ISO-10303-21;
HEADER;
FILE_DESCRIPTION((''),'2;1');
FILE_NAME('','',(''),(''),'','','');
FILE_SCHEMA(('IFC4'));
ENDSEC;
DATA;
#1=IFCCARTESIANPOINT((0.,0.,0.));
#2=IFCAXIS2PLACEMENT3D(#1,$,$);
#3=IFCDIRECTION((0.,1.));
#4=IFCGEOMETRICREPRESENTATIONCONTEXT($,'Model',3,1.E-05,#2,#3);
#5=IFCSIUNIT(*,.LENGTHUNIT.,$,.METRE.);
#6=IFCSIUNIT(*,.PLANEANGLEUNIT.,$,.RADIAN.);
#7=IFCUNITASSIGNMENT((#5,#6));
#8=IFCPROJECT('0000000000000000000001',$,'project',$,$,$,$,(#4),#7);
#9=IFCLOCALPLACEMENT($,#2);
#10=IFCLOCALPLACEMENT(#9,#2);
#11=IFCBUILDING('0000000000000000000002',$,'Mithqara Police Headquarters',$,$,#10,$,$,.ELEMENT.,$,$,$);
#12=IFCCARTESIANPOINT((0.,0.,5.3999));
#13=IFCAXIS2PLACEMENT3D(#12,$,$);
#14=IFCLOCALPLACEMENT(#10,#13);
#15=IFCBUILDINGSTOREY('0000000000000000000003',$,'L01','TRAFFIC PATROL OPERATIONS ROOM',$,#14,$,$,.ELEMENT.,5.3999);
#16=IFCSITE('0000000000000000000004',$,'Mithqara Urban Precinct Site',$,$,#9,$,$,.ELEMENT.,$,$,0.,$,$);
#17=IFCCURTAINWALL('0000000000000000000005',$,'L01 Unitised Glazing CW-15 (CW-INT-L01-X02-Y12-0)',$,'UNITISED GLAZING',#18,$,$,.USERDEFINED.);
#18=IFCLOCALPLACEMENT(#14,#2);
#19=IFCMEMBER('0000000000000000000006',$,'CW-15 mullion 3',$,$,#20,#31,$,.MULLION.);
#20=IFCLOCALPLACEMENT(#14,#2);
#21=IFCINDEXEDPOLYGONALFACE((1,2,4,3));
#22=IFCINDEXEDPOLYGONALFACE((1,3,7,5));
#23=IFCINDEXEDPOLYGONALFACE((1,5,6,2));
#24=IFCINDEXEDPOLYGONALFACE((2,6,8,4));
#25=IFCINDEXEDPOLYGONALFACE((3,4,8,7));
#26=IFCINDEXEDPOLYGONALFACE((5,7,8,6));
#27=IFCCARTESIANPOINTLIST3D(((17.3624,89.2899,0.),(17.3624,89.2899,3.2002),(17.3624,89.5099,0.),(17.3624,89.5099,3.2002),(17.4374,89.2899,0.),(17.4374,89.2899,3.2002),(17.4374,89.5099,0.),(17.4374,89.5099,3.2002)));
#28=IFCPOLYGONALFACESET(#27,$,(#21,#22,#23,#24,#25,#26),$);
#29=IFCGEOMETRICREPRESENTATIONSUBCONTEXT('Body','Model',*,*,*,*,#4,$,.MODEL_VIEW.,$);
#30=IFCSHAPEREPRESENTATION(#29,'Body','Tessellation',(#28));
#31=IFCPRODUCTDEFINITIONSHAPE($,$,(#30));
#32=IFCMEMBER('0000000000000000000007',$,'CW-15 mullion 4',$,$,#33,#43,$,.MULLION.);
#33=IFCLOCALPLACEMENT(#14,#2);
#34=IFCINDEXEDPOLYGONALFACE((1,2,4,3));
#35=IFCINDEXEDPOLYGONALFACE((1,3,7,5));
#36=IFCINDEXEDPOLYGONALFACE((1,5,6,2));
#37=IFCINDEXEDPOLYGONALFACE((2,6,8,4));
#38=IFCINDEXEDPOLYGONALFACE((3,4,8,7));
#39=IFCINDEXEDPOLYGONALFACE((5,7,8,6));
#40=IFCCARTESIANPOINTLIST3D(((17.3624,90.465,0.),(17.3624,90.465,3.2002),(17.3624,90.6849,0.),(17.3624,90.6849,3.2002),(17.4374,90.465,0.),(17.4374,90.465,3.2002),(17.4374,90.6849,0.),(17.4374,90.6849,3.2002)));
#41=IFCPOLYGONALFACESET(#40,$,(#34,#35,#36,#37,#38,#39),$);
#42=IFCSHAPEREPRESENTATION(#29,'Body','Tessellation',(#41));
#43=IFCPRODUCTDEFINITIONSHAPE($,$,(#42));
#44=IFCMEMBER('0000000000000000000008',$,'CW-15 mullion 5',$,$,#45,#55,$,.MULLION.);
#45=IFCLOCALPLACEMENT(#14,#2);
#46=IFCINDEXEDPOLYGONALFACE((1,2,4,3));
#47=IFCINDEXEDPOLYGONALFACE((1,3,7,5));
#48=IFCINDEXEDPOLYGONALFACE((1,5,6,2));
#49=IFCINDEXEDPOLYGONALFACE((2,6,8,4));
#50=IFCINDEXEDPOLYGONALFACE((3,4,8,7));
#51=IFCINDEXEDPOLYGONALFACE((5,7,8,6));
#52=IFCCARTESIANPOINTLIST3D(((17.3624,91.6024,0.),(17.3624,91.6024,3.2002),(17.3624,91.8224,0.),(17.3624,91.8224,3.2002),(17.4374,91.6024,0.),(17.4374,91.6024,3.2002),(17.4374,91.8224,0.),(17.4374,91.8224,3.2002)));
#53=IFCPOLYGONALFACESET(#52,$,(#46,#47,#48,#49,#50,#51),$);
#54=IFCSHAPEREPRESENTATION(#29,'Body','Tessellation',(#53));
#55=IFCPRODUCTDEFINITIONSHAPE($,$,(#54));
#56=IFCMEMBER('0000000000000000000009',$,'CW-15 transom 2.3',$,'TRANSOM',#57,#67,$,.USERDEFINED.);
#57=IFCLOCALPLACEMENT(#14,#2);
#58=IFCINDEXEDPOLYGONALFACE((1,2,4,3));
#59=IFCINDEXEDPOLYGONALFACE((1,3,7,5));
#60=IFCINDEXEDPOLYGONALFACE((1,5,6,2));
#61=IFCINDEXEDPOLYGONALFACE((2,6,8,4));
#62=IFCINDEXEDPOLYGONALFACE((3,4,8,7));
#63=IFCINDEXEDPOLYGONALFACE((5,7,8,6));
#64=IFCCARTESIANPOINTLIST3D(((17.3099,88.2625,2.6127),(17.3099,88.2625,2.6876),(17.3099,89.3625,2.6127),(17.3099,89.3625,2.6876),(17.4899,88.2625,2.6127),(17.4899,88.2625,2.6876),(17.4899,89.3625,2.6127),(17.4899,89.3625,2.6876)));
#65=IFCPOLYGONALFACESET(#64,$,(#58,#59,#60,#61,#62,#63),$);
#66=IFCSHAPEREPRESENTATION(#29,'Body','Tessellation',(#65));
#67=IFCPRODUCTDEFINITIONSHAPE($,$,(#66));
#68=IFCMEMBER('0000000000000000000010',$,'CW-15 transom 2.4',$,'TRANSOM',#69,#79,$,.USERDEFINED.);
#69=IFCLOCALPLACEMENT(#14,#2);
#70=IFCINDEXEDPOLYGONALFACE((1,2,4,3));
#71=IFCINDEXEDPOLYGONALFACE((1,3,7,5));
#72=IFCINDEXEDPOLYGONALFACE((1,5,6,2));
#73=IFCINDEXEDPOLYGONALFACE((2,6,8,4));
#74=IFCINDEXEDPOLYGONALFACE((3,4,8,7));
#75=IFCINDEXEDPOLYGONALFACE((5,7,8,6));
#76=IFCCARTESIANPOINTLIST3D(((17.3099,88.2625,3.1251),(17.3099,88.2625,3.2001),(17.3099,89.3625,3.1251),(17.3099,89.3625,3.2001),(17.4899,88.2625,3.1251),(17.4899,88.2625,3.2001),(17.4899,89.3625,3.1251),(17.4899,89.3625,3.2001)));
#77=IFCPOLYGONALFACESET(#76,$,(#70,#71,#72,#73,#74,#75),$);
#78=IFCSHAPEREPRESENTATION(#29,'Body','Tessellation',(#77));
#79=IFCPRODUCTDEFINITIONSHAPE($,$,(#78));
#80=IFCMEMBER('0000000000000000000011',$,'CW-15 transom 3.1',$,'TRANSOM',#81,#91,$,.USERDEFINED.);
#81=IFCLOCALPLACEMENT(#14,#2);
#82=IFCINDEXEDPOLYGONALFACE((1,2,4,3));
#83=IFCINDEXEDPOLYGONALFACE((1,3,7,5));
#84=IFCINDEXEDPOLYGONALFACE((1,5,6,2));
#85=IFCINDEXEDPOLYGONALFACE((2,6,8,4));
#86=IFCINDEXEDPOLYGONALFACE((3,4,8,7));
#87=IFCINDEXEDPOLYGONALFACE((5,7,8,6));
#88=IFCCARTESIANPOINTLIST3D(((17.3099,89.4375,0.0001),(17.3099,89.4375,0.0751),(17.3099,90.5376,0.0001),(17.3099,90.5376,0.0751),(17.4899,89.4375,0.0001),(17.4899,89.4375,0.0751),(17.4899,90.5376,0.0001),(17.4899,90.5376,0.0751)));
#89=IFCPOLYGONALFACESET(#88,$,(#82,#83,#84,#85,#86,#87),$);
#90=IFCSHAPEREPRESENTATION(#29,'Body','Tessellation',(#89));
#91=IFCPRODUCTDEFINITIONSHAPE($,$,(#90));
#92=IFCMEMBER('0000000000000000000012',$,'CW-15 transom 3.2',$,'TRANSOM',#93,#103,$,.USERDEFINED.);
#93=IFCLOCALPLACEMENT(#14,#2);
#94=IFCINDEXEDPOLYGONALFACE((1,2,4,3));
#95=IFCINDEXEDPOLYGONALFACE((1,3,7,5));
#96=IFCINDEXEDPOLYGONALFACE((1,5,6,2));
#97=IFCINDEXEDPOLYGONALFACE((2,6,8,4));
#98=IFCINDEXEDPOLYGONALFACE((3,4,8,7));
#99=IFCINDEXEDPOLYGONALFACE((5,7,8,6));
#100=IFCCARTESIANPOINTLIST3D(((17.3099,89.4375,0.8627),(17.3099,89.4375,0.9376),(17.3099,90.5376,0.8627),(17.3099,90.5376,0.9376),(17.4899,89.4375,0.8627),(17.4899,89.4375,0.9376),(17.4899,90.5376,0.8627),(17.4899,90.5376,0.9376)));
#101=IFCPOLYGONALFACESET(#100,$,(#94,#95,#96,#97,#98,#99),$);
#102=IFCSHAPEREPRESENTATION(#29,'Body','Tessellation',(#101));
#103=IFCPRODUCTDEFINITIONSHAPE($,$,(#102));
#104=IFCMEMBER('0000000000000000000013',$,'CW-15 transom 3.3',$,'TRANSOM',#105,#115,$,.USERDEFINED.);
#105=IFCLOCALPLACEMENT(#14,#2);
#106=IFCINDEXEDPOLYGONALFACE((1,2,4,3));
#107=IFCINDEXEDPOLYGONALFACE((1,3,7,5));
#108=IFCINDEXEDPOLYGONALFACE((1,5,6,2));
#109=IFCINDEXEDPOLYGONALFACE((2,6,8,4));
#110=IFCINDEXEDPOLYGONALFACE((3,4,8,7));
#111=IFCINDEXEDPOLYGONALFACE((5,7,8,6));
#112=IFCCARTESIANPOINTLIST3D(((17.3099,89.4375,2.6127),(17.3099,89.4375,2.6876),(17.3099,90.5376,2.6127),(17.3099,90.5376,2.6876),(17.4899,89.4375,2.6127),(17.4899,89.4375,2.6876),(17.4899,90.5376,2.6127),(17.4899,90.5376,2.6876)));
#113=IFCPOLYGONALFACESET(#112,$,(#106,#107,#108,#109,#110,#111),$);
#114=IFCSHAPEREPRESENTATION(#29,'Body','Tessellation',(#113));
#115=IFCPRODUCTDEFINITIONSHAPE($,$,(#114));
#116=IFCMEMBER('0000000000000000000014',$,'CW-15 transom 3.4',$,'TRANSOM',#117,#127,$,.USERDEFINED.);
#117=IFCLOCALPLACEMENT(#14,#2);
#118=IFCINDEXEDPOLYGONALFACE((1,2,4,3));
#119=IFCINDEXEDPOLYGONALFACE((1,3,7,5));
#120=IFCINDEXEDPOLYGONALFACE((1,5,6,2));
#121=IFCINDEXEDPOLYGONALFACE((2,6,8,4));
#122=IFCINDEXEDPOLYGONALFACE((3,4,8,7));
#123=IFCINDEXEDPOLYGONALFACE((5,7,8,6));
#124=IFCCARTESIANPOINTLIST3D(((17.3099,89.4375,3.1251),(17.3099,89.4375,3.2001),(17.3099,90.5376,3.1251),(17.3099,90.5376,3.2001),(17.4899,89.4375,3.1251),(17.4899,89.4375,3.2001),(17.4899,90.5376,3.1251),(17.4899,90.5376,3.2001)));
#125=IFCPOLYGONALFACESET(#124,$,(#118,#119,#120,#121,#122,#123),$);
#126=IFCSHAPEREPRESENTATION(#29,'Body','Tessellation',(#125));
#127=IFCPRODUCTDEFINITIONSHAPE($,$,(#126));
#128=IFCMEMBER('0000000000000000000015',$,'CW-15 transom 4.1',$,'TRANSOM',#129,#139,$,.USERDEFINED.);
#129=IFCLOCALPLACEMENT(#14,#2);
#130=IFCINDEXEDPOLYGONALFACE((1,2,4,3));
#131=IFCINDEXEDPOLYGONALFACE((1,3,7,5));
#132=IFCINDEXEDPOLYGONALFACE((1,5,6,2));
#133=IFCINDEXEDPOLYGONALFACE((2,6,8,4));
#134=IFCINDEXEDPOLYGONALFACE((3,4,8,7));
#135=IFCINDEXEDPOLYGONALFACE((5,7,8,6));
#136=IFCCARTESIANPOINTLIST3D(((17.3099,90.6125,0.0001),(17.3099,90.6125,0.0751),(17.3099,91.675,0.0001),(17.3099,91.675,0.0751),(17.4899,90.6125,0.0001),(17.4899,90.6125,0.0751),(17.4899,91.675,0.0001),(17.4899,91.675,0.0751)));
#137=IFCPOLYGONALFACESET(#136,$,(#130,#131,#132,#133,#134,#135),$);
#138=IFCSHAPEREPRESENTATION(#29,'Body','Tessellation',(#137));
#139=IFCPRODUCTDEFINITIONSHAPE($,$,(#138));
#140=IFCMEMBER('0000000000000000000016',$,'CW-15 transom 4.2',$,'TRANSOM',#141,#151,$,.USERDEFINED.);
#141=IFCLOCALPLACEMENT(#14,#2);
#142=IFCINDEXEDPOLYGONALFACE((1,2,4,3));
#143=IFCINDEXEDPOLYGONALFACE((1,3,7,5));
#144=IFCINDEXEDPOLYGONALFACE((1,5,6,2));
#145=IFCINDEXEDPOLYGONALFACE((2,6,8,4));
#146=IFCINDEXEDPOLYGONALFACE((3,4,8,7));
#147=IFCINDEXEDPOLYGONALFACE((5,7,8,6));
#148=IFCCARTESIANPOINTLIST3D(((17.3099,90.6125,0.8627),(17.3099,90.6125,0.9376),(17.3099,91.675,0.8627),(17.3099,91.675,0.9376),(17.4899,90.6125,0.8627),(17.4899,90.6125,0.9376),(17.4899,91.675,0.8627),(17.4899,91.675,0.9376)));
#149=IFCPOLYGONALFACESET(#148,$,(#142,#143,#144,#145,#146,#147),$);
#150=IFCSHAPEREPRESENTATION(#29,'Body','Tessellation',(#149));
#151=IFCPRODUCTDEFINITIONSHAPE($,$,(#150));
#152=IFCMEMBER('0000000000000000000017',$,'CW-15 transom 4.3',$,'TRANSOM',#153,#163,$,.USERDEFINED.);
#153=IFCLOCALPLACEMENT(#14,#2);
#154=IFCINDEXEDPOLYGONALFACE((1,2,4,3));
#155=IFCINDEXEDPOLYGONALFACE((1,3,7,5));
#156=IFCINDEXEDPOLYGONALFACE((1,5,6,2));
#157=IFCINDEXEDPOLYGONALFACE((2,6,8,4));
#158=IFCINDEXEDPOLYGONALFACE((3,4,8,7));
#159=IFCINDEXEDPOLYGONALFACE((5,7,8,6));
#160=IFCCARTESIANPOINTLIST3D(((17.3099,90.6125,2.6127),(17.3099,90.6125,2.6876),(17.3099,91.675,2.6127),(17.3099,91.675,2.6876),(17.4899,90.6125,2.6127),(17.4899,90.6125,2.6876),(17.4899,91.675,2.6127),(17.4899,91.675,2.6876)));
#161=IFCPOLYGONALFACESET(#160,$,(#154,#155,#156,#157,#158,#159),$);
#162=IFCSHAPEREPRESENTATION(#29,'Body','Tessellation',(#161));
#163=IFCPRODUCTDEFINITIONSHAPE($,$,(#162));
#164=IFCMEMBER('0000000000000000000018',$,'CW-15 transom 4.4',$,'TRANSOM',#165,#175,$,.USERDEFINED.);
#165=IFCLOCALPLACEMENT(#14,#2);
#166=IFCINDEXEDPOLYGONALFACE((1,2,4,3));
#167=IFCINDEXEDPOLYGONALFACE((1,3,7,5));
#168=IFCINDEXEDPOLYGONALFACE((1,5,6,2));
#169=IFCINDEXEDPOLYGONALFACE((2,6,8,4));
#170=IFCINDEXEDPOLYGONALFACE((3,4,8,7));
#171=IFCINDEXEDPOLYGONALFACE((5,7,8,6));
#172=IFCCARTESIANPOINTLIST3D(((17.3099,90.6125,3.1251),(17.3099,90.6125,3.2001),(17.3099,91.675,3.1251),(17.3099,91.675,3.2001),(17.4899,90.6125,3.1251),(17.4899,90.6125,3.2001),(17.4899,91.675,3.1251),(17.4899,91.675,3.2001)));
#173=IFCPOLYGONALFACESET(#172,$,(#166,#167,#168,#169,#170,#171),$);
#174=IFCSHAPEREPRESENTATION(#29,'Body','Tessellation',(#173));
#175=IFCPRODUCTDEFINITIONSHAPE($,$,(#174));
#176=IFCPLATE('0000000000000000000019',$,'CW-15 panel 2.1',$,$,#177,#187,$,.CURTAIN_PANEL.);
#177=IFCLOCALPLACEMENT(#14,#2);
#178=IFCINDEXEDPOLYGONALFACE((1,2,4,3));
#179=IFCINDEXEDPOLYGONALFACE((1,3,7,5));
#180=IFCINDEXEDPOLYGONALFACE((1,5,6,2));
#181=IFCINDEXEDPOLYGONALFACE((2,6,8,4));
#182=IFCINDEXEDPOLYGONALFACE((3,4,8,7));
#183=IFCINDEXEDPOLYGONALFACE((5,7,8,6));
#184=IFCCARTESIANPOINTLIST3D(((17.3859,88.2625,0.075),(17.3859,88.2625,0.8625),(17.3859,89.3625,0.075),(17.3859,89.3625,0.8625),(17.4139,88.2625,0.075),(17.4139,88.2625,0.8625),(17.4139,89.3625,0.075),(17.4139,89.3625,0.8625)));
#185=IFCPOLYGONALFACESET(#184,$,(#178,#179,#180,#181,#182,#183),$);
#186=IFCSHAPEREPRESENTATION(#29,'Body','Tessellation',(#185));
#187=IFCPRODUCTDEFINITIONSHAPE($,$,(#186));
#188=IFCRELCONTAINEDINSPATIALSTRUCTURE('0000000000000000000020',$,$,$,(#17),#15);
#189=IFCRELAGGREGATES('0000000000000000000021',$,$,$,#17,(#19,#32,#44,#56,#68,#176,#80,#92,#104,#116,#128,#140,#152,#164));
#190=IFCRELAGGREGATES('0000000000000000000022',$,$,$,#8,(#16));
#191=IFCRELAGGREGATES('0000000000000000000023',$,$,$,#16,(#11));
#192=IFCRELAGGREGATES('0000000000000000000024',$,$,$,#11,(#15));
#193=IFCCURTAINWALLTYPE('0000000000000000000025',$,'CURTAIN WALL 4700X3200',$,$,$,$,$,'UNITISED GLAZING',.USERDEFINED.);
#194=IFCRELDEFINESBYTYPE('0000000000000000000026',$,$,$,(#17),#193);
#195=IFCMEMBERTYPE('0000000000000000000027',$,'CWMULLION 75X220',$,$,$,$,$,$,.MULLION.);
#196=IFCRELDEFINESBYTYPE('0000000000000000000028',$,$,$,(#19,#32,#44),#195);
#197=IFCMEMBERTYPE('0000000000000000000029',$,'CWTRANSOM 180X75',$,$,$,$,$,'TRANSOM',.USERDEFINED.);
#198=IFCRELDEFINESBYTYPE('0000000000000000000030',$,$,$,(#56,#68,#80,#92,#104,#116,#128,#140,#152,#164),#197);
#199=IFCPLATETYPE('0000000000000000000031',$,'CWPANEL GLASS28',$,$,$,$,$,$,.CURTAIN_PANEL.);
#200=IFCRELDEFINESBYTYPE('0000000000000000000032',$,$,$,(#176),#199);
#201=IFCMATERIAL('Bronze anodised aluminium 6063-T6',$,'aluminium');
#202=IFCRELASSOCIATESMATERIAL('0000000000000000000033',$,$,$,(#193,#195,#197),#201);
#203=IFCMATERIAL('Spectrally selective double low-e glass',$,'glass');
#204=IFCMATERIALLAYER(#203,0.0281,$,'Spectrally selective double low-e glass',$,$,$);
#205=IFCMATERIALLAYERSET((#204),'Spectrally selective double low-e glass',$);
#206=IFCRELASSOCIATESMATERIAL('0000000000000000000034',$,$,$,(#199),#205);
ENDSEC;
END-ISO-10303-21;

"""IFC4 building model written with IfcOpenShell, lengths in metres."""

from ifc_helpers import new_model, si_unit, direction, frame, origin, origin_2d, place, context, subcontext, project, spatial, rectangle, extrude, material, layer, layer_set, material_profile, profile_set, type_object, element, aggregate, save


model = new_model("IFC4")

# Units and contexts
model_context = context("Model", 3, precision=1e-05, world=origin(), true_north=direction((0.0, 1.0)))
body_context = subcontext(model_context, "Body", "Model", "MODEL_VIEW")
ifc_project = project(units=[si_unit("LENGTHUNIT", "METRE"), si_unit("PLANEANGLEUNIT", "RADIAN")], contexts=[model_context])

# Site, building, storey
site_placement = place(None, origin())
site = spatial("IfcSite", under=ifc_project, at=site_placement, Name="Mithqara Urban Precinct Site", CompositionType="ELEMENT", RefElevation=0.0)
building_placement = place(site_placement, origin())
building = spatial("IfcBuilding", under=site, at=building_placement, Name="Mithqara Police Headquarters", CompositionType="ELEMENT")
storey_placement = place(building_placement, frame((0.0, 0.0, 5.3999)))
storey = spatial("IfcBuildingStorey", under=building, at=storey_placement, Name="L01", Description="TRAFFIC PATROL OPERATIONS ROOM", CompositionType="ELEMENT", Elevation=5.3999)

# Curtain wall, members, plate
ifc_material_1 = material(Name="Bronze anodised aluminium 6063-T6", Category="aluminium")
curtain_wall_type = type_object("IfcCurtainWallType", Name="CURTAIN WALL 4700X3200", ElementType="UNITISED GLAZING", PredefinedType="USERDEFINED", material=ifc_material_1)
curtain_wall_placement = place(storey_placement, origin())
curtain_wall = element("IfcCurtainWall", 1, at=curtain_wall_placement, inside=storey, type_object=curtain_wall_type, Name="L01 Unitised Glazing CW-15 (CW-INT-L01-X02-Y12-0)", ObjectType="UNITISED GLAZING", PredefinedType="USERDEFINED")
ifc_material_profile_1 = material_profile(ifc_material_1, rectangle(XDim=0.075, YDim=0.22, at=origin_2d()), Name="CWM 75x220")
ifc_profile_set_1 = profile_set([ifc_material_profile_1], Name="Bronze anodised aluminium 6063-T6")
member_type_1 = type_object("IfcMemberType", Name="CWMULLION 75X220", PredefinedType="MULLION", material=ifc_profile_set_1)
member_1_placement = place(storey_placement, frame((17.3999, 89.3999, 0.0), z_axis=(0.0, 0.0, 1.0), x_axis=(-1.0, 0.0, 0.0)))
member_1 = element("IfcMember", 2, at=member_1_placement, type_object=member_type_1, Name="CW-15 mullion 3", PredefinedType="MULLION", context=body_context, shape_type="SweptSolid", body=[
    extrude(rectangle(XDim=0.075, YDim=0.22, at=origin_2d()), origin(), (0.0, 0.0, 1.0), 3.2002),
])
member_2_placement = place(storey_placement, frame((17.3999, 90.575, 0.0), z_axis=(0.0, 0.0, 1.0), x_axis=(-1.0, 0.0, 0.0)))
member_2 = element("IfcMember", 3, at=member_2_placement, type_object=member_type_1, Name="CW-15 mullion 4", PredefinedType="MULLION", context=body_context, shape_type="SweptSolid", body=[
    extrude(rectangle(XDim=0.075, YDim=0.22, at=origin_2d()), origin(), (0.0, 0.0, 1.0), 3.2002),
])
member_3_placement = place(storey_placement, frame((17.3999, 91.7124, 0.0), z_axis=(0.0, 0.0, 1.0), x_axis=(-1.0, 0.0, 0.0)))
member_3 = element("IfcMember", 4, at=member_3_placement, type_object=member_type_1, Name="CW-15 mullion 5", PredefinedType="MULLION", context=body_context, shape_type="SweptSolid", body=[
    extrude(rectangle(XDim=0.075, YDim=0.22, at=origin_2d()), origin(), (0.0, 0.0, 1.0), 3.2002),
])
ifc_material_profile_2 = material_profile(ifc_material_1, rectangle(XDim=0.1799, YDim=0.075, at=origin_2d()), Name="CWT 180x75")
ifc_profile_set_2 = profile_set([ifc_material_profile_2], Name="Bronze anodised aluminium 6063-T6")
member_type_2 = type_object("IfcMemberType", Name="CWTRANSOM 180X75", ElementType="TRANSOM", PredefinedType="USERDEFINED", material=ifc_profile_set_2)
member_4_placement = place(storey_placement, frame((17.3999, 88.2625, 2.6501), z_axis=(0.0, 1.0, 0.0), x_axis=(-1.0, 0.0, 0.0)))
member_4 = element("IfcMember", 5, at=member_4_placement, type_object=member_type_2, Name="CW-15 transom 2.3", ObjectType="TRANSOM", PredefinedType="USERDEFINED", context=body_context, shape_type="SweptSolid", body=[
    extrude(rectangle(XDim=0.1799, YDim=0.075, at=origin_2d()), origin(), (0.0, 0.0, 1.0), 1.1001),
])
member_5_placement = place(storey_placement, frame((17.3999, 88.2625, 3.1626), z_axis=(0.0, 1.0, 0.0), x_axis=(-1.0, 0.0, 0.0)))
member_5 = element("IfcMember", 6, at=member_5_placement, type_object=member_type_2, Name="CW-15 transom 2.4", ObjectType="TRANSOM", PredefinedType="USERDEFINED", context=body_context, shape_type="SweptSolid", body=[
    extrude(rectangle(XDim=0.1799, YDim=0.075, at=origin_2d()), origin(), (0.0, 0.0, 1.0), 1.1001),
])
member_6_placement = place(storey_placement, frame((17.3999, 89.4375, 0.0376), z_axis=(0.0, 1.0, 0.0), x_axis=(-1.0, 0.0, 0.0)))
member_6 = element("IfcMember", 7, at=member_6_placement, type_object=member_type_2, Name="CW-15 transom 3.1", ObjectType="TRANSOM", PredefinedType="USERDEFINED", context=body_context, shape_type="SweptSolid", body=[
    extrude(rectangle(XDim=0.1799, YDim=0.075, at=origin_2d()), origin(), (0.0, 0.0, 1.0), 1.1001),
])
member_7_placement = place(storey_placement, frame((17.3999, 89.4375, 0.9001), z_axis=(0.0, 1.0, 0.0), x_axis=(-1.0, 0.0, 0.0)))
member_7 = element("IfcMember", 8, at=member_7_placement, type_object=member_type_2, Name="CW-15 transom 3.2", ObjectType="TRANSOM", PredefinedType="USERDEFINED", context=body_context, shape_type="SweptSolid", body=[
    extrude(rectangle(XDim=0.1799, YDim=0.075, at=origin_2d()), origin(), (0.0, 0.0, 1.0), 1.1001),
])
member_8_placement = place(storey_placement, frame((17.3999, 89.4375, 2.6501), z_axis=(0.0, 1.0, 0.0), x_axis=(-1.0, 0.0, 0.0)))
member_8 = element("IfcMember", 9, at=member_8_placement, type_object=member_type_2, Name="CW-15 transom 3.3", ObjectType="TRANSOM", PredefinedType="USERDEFINED", context=body_context, shape_type="SweptSolid", body=[
    extrude(rectangle(XDim=0.1799, YDim=0.075, at=origin_2d()), origin(), (0.0, 0.0, 1.0), 1.1001),
])
member_9_placement = place(storey_placement, frame((17.3999, 89.4375, 3.1626), z_axis=(0.0, 1.0, 0.0), x_axis=(-1.0, 0.0, 0.0)))
member_9 = element("IfcMember", 10, at=member_9_placement, type_object=member_type_2, Name="CW-15 transom 3.4", ObjectType="TRANSOM", PredefinedType="USERDEFINED", context=body_context, shape_type="SweptSolid", body=[
    extrude(rectangle(XDim=0.1799, YDim=0.075, at=origin_2d()), origin(), (0.0, 0.0, 1.0), 1.1001),
])
member_10_placement = place(storey_placement, frame((17.3999, 90.6125, 0.0376), z_axis=(0.0, 1.0, 0.0), x_axis=(-1.0, 0.0, 0.0)))
member_10 = element("IfcMember", 11, at=member_10_placement, type_object=member_type_2, Name="CW-15 transom 4.1", ObjectType="TRANSOM", PredefinedType="USERDEFINED", context=body_context, shape_type="SweptSolid", body=[
    extrude(rectangle(XDim=0.1799, YDim=0.075, at=origin_2d()), origin(), (0.0, 0.0, 1.0), 1.0625),
])
member_11_placement = place(storey_placement, frame((17.3999, 90.6125, 0.9001), z_axis=(0.0, 1.0, 0.0), x_axis=(-1.0, 0.0, 0.0)))
member_11 = element("IfcMember", 12, at=member_11_placement, type_object=member_type_2, Name="CW-15 transom 4.2", ObjectType="TRANSOM", PredefinedType="USERDEFINED", context=body_context, shape_type="SweptSolid", body=[
    extrude(rectangle(XDim=0.1799, YDim=0.075, at=origin_2d()), origin(), (0.0, 0.0, 1.0), 1.0625),
])
member_12_placement = place(storey_placement, frame((17.3999, 90.6125, 2.6501), z_axis=(0.0, 1.0, 0.0), x_axis=(-1.0, 0.0, 0.0)))
member_12 = element("IfcMember", 13, at=member_12_placement, type_object=member_type_2, Name="CW-15 transom 4.3", ObjectType="TRANSOM", PredefinedType="USERDEFINED", context=body_context, shape_type="SweptSolid", body=[
    extrude(rectangle(XDim=0.1799, YDim=0.075, at=origin_2d()), origin(), (0.0, 0.0, 1.0), 1.0625),
])
member_13_placement = place(storey_placement, frame((17.3999, 90.6125, 3.1626), z_axis=(0.0, 1.0, 0.0), x_axis=(-1.0, 0.0, 0.0)))
member_13 = element("IfcMember", 14, at=member_13_placement, type_object=member_type_2, Name="CW-15 transom 4.4", ObjectType="TRANSOM", PredefinedType="USERDEFINED", context=body_context, shape_type="SweptSolid", body=[
    extrude(rectangle(XDim=0.1799, YDim=0.075, at=origin_2d()), origin(), (0.0, 0.0, 1.0), 1.0625),
])
ifc_material_2 = material(Name="Spectrally selective double low-e glass", Category="glass")
ifc_layer = layer(ifc_material_2, 0.0281, Name="Spectrally selective double low-e glass")
ifc_layer_set = layer_set([ifc_layer], Name="Spectrally selective double low-e glass")
plate_type = type_object("IfcPlateType", Name="CWPANEL GLASS28", PredefinedType="CURTAIN_PANEL", material=ifc_layer_set)
plate_1_placement = place(storey_placement, frame((17.3999, 88.8125, 0.075), z_axis=(0.0, 0.0, 1.0), x_axis=(0.0, 1.0, 0.0)))
plate_1 = element("IfcPlate", 15, at=plate_1_placement, type_object=plate_type, Name="CW-15 panel 2.1", PredefinedType="CURTAIN_PANEL", context=body_context, shape_type="SweptSolid", body=[
    extrude(rectangle(XDim=1.1001, YDim=0.0281, at=origin_2d()), origin(), (0.0, 0.0, 1.0), 0.7876),
])
aggregate(curtain_wall, [member_1, member_2, member_3, member_4, member_5, plate_1, member_6, member_7, member_8, member_9, member_10, member_11, member_12, member_13])

save(model, "model.ifc")
